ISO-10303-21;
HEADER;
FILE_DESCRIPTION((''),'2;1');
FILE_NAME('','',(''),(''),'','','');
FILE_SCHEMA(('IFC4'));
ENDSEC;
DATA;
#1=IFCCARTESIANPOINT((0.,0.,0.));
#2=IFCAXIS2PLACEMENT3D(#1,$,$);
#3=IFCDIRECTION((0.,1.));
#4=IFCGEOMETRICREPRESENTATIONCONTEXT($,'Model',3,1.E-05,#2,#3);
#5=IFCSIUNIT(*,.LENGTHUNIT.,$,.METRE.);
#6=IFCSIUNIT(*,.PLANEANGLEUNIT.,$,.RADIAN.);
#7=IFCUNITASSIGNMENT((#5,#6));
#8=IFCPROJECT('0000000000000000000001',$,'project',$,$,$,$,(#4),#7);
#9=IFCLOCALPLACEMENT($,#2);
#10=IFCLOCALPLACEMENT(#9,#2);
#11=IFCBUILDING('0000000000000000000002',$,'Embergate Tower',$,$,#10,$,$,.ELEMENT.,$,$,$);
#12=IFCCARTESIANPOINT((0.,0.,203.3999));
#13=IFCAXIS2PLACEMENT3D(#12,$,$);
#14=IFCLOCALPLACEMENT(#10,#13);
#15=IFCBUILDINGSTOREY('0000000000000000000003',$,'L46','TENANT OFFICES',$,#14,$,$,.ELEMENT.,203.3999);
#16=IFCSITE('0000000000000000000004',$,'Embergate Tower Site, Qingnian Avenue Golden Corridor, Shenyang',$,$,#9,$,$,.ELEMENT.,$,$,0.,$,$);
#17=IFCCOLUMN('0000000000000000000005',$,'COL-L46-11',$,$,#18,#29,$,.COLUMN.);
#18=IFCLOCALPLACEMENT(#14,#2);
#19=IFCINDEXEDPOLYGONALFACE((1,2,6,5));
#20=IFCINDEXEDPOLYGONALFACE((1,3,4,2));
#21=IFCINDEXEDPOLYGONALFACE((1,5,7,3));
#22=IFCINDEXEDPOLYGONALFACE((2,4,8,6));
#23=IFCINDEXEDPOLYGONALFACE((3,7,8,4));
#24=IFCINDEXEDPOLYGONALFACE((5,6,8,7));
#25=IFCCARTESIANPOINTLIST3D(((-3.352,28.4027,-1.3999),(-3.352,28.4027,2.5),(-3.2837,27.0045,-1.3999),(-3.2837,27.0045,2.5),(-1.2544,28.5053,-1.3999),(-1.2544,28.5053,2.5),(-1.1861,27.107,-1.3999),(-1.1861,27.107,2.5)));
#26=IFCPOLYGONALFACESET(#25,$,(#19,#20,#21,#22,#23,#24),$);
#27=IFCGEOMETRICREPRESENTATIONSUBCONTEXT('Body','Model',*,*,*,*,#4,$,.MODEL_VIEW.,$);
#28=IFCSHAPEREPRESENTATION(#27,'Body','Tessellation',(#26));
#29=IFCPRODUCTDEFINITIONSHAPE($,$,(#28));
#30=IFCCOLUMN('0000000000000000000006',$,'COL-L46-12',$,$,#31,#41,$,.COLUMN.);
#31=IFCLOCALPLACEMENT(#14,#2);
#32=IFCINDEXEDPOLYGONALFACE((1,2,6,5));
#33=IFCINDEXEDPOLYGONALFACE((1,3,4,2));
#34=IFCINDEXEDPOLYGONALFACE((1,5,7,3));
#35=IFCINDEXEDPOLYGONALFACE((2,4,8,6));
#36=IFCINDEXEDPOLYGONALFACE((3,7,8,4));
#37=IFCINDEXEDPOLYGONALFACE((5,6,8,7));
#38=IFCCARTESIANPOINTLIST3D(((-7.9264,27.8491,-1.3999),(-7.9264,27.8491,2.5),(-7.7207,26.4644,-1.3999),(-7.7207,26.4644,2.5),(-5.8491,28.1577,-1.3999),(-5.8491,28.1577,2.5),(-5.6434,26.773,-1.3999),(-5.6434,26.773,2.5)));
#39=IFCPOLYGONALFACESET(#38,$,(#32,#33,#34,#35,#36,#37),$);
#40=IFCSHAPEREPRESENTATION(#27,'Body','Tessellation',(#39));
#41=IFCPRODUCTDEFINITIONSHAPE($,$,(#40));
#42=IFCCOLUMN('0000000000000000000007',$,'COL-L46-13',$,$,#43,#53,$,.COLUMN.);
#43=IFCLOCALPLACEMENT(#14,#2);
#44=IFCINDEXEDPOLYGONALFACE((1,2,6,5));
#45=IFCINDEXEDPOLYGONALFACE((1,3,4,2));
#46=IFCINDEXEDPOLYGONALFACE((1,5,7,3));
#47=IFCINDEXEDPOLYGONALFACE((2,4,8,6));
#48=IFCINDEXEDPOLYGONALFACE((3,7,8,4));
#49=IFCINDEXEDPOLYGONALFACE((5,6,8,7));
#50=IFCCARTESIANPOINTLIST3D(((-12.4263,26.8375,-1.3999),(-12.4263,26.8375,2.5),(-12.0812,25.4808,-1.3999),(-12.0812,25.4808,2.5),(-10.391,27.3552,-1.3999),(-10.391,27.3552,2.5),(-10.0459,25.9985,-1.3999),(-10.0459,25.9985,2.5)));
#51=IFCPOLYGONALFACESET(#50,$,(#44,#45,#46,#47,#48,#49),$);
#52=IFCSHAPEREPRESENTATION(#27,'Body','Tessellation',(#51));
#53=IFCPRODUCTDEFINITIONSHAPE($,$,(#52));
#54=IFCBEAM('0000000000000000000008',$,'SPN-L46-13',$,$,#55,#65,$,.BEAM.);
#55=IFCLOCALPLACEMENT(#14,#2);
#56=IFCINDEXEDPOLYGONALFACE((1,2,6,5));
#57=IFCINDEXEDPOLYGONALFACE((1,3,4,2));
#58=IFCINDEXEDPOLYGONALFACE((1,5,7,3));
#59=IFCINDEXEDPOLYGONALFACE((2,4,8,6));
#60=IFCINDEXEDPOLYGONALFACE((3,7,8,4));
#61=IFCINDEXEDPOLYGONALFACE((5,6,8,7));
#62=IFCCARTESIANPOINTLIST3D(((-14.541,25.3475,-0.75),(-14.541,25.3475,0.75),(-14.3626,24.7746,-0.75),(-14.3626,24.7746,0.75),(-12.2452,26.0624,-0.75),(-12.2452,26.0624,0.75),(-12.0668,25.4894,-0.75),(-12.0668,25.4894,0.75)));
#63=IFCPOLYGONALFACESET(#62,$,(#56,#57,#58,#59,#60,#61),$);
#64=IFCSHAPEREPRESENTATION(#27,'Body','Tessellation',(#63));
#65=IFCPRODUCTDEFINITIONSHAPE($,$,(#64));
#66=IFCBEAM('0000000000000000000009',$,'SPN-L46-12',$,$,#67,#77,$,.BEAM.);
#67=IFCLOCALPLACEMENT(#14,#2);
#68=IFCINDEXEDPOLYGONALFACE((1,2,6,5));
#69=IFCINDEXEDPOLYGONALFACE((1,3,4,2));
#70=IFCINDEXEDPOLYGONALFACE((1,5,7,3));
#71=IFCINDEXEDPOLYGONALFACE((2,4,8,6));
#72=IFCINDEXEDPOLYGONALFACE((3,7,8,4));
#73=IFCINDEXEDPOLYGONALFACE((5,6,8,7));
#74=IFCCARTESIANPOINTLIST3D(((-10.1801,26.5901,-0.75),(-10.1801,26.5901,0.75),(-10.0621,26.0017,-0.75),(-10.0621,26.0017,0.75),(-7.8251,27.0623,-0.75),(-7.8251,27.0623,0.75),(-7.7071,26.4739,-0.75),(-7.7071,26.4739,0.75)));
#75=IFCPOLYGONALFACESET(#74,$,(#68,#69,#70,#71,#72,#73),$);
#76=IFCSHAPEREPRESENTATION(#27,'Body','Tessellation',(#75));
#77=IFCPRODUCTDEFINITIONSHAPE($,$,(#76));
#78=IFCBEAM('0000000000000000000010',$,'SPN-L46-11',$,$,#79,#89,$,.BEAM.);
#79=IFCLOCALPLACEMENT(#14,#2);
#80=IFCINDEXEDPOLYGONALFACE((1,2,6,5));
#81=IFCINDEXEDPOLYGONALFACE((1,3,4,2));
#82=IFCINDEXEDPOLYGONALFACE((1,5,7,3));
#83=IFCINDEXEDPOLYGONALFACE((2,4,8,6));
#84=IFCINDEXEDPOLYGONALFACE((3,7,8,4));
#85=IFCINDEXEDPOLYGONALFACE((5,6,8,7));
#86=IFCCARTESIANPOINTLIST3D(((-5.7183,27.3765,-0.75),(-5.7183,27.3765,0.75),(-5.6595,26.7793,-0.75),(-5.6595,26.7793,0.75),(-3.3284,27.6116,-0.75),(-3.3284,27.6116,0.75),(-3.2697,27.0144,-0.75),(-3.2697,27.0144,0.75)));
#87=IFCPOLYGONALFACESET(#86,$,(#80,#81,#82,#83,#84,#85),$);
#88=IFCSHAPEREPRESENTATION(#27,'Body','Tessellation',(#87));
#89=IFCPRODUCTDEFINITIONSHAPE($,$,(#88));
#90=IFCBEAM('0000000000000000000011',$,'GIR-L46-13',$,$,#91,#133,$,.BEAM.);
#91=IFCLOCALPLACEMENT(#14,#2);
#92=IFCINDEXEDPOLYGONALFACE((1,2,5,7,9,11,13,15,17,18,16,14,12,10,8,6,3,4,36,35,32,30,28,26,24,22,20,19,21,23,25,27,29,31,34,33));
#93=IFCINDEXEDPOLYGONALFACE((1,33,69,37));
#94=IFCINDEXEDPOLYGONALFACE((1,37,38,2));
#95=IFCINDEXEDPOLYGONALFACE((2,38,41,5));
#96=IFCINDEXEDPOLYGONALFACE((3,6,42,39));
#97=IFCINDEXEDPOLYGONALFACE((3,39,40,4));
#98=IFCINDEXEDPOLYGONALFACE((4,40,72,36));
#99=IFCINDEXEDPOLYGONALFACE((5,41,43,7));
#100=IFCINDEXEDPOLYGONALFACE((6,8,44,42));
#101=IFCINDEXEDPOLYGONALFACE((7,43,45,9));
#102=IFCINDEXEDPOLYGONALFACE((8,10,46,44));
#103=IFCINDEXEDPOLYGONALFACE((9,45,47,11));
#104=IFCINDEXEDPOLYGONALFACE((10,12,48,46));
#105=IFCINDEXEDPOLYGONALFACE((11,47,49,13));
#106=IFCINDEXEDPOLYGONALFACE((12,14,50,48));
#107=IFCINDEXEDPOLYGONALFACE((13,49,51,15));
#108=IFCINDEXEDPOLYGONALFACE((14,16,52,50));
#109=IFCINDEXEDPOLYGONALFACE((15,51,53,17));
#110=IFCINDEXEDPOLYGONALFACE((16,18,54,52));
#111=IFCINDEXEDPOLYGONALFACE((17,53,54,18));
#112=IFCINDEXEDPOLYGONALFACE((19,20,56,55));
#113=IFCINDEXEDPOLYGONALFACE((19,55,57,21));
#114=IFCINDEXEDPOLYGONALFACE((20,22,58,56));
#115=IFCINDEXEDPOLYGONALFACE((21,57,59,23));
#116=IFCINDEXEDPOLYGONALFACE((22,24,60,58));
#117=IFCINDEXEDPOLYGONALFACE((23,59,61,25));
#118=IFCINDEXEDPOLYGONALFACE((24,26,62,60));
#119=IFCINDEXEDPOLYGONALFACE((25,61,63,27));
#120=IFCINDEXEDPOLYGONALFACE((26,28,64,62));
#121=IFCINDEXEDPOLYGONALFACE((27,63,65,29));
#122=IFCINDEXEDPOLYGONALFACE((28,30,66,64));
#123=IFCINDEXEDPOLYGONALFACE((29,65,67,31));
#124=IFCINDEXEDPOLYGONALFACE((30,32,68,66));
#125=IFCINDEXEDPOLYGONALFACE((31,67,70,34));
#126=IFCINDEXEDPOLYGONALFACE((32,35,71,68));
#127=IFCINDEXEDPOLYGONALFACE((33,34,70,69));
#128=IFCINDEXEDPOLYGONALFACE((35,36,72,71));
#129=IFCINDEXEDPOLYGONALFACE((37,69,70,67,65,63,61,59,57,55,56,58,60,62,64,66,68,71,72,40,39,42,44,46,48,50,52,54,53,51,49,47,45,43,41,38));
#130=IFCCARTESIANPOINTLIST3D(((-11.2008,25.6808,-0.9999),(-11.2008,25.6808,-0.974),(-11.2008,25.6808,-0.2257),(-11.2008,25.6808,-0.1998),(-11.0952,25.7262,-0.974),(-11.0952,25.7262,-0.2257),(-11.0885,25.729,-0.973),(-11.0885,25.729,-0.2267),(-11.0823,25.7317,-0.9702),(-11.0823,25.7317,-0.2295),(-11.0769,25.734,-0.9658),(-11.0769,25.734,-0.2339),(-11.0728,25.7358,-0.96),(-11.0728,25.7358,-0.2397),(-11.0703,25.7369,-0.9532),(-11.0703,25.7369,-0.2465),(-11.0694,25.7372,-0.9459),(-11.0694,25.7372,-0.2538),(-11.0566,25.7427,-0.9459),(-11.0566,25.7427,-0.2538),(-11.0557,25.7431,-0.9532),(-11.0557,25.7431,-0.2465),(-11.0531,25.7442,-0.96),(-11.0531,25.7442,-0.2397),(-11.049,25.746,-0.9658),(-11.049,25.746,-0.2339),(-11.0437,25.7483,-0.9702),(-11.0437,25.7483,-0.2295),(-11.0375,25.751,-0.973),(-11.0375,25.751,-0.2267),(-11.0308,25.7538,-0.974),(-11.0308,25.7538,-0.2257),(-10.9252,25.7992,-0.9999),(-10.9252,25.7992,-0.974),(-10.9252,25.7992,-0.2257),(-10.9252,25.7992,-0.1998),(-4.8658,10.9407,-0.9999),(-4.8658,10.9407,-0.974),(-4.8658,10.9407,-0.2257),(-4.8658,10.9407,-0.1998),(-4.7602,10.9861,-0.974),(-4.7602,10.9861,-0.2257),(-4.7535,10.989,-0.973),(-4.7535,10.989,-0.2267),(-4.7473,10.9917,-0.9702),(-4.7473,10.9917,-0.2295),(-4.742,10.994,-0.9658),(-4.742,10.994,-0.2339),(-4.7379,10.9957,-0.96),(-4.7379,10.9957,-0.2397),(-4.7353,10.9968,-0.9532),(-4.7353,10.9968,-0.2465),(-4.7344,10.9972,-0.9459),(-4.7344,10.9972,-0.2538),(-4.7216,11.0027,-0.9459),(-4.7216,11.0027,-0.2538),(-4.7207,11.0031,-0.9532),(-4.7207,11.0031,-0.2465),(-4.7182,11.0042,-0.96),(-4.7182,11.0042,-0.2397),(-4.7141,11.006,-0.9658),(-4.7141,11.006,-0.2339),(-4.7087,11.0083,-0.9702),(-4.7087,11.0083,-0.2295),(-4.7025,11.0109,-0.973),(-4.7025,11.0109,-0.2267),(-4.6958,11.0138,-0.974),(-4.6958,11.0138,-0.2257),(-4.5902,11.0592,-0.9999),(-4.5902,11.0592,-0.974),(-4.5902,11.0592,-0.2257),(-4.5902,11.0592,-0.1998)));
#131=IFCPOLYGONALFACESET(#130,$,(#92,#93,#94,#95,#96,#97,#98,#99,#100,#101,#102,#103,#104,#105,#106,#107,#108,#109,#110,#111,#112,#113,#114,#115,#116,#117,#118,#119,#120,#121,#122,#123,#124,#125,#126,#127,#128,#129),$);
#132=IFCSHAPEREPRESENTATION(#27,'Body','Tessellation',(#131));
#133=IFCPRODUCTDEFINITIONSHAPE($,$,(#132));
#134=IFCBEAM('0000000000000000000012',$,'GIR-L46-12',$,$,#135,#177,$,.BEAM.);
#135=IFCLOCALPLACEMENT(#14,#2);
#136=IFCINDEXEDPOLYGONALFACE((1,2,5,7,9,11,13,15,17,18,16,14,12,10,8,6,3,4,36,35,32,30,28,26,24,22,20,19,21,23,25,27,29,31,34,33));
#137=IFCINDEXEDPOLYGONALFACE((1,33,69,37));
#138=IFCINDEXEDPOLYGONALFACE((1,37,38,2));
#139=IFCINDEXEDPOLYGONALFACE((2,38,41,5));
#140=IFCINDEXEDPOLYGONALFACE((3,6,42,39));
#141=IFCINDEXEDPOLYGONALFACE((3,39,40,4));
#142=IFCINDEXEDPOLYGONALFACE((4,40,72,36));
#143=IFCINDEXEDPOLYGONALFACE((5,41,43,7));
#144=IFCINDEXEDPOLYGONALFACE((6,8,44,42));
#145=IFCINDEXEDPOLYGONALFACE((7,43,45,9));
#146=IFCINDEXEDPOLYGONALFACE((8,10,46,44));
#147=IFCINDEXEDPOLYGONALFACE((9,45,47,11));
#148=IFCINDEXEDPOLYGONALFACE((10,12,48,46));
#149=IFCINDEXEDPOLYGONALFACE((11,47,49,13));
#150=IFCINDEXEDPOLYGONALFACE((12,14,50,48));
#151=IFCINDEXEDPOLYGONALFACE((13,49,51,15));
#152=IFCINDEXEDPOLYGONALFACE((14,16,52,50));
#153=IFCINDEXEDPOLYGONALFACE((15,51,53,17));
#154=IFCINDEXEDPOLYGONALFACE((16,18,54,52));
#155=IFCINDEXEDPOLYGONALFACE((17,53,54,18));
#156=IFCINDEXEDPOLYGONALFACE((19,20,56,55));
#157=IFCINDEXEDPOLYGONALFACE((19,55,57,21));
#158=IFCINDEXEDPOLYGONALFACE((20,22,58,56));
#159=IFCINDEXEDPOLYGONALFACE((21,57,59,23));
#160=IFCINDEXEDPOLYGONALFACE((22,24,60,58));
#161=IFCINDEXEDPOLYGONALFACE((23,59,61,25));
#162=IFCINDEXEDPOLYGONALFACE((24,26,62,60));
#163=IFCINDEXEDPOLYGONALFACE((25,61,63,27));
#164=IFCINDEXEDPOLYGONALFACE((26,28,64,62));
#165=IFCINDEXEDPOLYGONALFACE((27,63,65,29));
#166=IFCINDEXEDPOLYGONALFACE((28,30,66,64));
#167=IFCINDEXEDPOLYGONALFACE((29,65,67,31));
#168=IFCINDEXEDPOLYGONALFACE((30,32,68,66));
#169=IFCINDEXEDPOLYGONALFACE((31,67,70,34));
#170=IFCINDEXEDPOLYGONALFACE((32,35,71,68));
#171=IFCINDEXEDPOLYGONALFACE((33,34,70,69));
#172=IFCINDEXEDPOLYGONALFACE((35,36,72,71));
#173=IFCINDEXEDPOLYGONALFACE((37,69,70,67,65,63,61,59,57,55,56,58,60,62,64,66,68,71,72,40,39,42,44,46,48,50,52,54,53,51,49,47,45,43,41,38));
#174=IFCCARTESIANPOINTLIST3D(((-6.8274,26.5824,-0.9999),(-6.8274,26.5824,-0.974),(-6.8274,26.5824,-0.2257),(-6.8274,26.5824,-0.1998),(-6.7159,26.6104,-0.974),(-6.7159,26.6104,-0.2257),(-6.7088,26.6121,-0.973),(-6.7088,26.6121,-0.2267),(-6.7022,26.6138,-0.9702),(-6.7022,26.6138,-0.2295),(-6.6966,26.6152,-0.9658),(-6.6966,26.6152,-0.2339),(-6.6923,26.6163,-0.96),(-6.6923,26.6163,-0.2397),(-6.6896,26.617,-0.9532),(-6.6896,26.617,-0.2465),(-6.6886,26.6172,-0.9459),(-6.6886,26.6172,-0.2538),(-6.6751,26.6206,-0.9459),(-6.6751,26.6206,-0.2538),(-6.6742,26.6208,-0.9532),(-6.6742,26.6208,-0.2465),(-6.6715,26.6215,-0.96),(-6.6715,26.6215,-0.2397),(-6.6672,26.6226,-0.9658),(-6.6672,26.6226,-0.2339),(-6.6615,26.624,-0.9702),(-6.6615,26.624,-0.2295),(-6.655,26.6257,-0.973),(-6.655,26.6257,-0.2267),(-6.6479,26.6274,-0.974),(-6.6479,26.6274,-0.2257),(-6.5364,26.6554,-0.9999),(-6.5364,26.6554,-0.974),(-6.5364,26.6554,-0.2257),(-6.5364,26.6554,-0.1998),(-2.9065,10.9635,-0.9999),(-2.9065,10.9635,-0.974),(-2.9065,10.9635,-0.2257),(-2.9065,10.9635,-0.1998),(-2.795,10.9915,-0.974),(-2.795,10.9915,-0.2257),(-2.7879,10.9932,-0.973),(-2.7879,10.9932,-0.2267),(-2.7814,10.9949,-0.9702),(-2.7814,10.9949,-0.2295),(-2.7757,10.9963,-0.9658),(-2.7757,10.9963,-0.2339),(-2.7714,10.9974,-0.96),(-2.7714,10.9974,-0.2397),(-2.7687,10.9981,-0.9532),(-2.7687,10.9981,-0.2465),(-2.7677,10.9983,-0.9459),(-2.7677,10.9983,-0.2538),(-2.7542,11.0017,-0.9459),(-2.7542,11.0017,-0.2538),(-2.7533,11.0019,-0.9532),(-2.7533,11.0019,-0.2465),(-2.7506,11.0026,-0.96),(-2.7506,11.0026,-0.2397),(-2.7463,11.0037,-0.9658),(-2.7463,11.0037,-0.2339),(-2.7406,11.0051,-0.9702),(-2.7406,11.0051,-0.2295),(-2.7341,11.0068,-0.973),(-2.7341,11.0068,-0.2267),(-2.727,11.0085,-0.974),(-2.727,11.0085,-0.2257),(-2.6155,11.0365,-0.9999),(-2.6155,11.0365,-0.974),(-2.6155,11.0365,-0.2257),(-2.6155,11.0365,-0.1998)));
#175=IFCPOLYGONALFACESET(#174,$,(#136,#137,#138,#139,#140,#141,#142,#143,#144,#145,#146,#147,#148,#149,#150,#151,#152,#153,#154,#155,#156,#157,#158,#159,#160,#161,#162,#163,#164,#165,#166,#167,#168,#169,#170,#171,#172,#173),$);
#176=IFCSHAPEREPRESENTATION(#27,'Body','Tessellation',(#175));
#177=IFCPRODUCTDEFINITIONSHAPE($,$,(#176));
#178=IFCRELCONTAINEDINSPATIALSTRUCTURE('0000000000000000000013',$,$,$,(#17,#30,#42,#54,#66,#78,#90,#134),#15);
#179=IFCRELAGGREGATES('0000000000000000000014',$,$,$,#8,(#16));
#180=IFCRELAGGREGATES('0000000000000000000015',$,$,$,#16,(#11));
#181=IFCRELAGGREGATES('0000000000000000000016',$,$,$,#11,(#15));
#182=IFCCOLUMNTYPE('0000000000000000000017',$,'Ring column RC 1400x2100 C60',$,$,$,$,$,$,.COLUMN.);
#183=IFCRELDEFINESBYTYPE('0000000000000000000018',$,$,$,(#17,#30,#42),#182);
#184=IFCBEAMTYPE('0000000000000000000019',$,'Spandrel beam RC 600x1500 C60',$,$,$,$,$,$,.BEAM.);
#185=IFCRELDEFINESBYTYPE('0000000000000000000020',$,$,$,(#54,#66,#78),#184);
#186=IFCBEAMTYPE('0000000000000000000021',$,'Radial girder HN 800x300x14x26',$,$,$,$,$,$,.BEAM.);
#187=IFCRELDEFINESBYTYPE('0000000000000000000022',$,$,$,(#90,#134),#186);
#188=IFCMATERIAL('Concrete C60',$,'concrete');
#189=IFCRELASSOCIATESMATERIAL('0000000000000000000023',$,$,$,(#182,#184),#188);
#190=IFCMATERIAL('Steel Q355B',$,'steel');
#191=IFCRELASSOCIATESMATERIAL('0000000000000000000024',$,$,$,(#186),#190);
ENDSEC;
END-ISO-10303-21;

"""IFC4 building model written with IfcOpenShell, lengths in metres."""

from ifc_helpers import new_model, si_unit, direction, frame, origin, origin_2d, place, context, subcontext, project, spatial, rectangle, i_section, extrude, source, transform, mapped, material, material_profile, profile_set, type_object, element, save


model = new_model("IFC4")

# Units and contexts
model_context = context("Model", 3, precision=1e-05, world=origin(), true_north=direction((0.0, 1.0)))
body_context = subcontext(model_context, "Body", "Model", "MODEL_VIEW")
ifc_project = project(units=[si_unit("LENGTHUNIT", "METRE"), si_unit("PLANEANGLEUNIT", "RADIAN")], contexts=[model_context])

# Site, building, storey
site_placement = place(None, origin())
site = spatial("IfcSite", under=ifc_project, at=site_placement, Name="Embergate Tower Site, Qingnian Avenue Golden Corridor, Shenyang", CompositionType="ELEMENT", RefElevation=0.0)
building_placement = place(site_placement, origin())
building = spatial("IfcBuilding", under=site, at=building_placement, Name="Embergate Tower", CompositionType="ELEMENT")
storey_placement = place(building_placement, frame((0.0, 0.0, 203.3999)))
storey = spatial("IfcBuildingStorey", under=building, at=storey_placement, Name="L46", Description="TENANT OFFICES", CompositionType="ELEMENT", Elevation=203.3999)

# Columns
ifc_material_1 = material(Name="Concrete C60", Category="concrete")
ifc_material_profile_1 = material_profile(ifc_material_1, rectangle(XDim=1.3999, YDim=2.1001, at=origin_2d()), Name="RC 1400x2100")
ifc_profile_set_1 = profile_set([ifc_material_profile_1], Name="Concrete C60")
column_type = type_object("IfcColumnType", Name="Ring column RC 1400x2100 C60", PredefinedType="COLUMN", material=ifc_profile_set_1)
shared_shape_1 = source(origin(), body_context, "Body", "SweptSolid", [
    extrude(rectangle(XDim=1.3999, YDim=2.1001, at=origin_2d()), origin(), (0.0, 0.0, 1.0), 3.8999),
])
for number, where, z_axis, x_axis, name in (
    (1, (-2.269, 27.7549, -1.3999), (0.0, 0.0, 1.0), (-0.048815, 0.998808, 0.0), "COL-L46-11"),
    (2, (-6.7849, 27.311, -1.3999), (0.0, 0.0, 1.0), (-0.146929, 0.989147, 0.0), "COL-L46-12"),
    (3, (-11.2361, 26.418, -1.3999), (0.0, 0.0, 1.0), (-0.246509, 0.969141, 0.0), "COL-L46-13"),
):
    element("IfcColumn", number, at=place(storey_placement, frame(where, z_axis=z_axis, x_axis=x_axis)), inside=storey, type_object=column_type, Name=name, PredefinedType="COLUMN", context=body_context, shape_type="MappedRepresentation", body=[
        mapped(shared_shape_1, transform((0.0, 0.0, 0.0))),
    ])

# Beams
ifc_material_profile_2 = material_profile(ifc_material_1, rectangle(XDim=0.6001, YDim=1.5, at=origin_2d()), Name="RC 600x1500")
ifc_profile_set_2 = profile_set([ifc_material_profile_2], Name="Concrete C60")
beam_type_1 = type_object("IfcBeamType", Name="Spandrel beam RC 600x1500 C60", PredefinedType="BEAM", material=ifc_profile_set_2)
shared_shape_2 = source(origin(), body_context, "Body", "SweptSolid", [
    extrude(rectangle(XDim=0.6001, YDim=1.5, at=origin_2d()), origin(), (0.0, 0.0, 1.0), 2.4045),
])
beam_1_placement = place(storey_placement, frame((-12.156, 25.7759, 0.0), z_axis=(-0.95479, -0.29728, 0.0), x_axis=(0.29728, -0.95479, 0.0)))
element("IfcBeam", 4, at=beam_1_placement, inside=storey, type_object=beam_type_1, Name="SPN-L46-13", PredefinedType="BEAM", context=body_context, shape_type="MappedRepresentation", body=[
    mapped(shared_shape_2, transform((0.0, 0.0, 0.0))),
])
shared_shape_3 = source(origin(), body_context, "Body", "SweptSolid", [
    extrude(rectangle(XDim=0.6001, YDim=1.5, at=origin_2d()), origin(), (0.0, 0.0, 1.0), 2.4019),
])
beam_2_placement = place(storey_placement, frame((-7.7661, 26.7681, 0.0), z_axis=(-0.980487, -0.196585, 0.0), x_axis=(0.196585, -0.980487, 0.0)))
element("IfcBeam", 5, at=beam_2_placement, inside=storey, type_object=beam_type_1, Name="SPN-L46-12", PredefinedType="BEAM", context=body_context, shape_type="MappedRepresentation", body=[
    mapped(shared_shape_3, transform((0.0, 0.0, 0.0))),
])
shared_shape_4 = source(origin(), body_context, "Body", "SweptSolid", [
    extrude(rectangle(XDim=0.6001, YDim=1.5, at=origin_2d()), origin(), (0.0, 0.0, 1.0), 2.4014),
])
beam_3_placement = place(storey_placement, frame((-3.2991, 27.313, 0.0), z_axis=(-0.995196, -0.097903, 0.0), x_axis=(0.097903, -0.995196, 0.0)))
element("IfcBeam", 6, at=beam_3_placement, inside=storey, type_object=beam_type_1, Name="SPN-L46-11", PredefinedType="BEAM", context=body_context, shape_type="MappedRepresentation", body=[
    mapped(shared_shape_4, transform((0.0, 0.0, 0.0))),
])
ifc_material_2 = material(Name="Steel Q355B", Category="steel")
ifc_material_profile_3 = material_profile(ifc_material_2, i_section(OverallWidth=0.3, OverallDepth=0.8, WebThickness=0.0139, FlangeThickness=0.0259, FilletRadius=0.0281, at=origin_2d()), Name="HN 800x300x14x26")
ifc_profile_set_3 = profile_set([ifc_material_profile_3], Name="Steel Q355 grade B")
beam_type_2 = type_object("IfcBeamType", Name="Radial girder HN 800x300x14x26", PredefinedType="BEAM", material=ifc_profile_set_3)
shared_shape_5 = source(origin(), body_context, "Body", "SweptSolid", [
    extrude(i_section(OverallWidth=0.3, OverallDepth=0.8, WebThickness=0.0139, FlangeThickness=0.0259, FilletRadius=0.0281, at=origin_2d()), origin(), (0.0, 0.0, 1.0), 16.0437),
])
beam_4_placement = place(storey_placement, frame((-11.063, 25.74, -0.5999), z_axis=(0.394858, -0.918742, 0.0), x_axis=(0.918742, 0.394858, 0.0)))
element("IfcBeam", 7, at=beam_4_placement, inside=storey, type_object=beam_type_2, Name="GIR-L46-13", PredefinedType="BEAM", context=body_context, shape_type="MappedRepresentation", body=[
    mapped(shared_shape_5, transform((0.0, 0.0, 0.0))),
])
shared_shape_6 = source(origin(), body_context, "Body", "SweptSolid", [
    extrude(i_section(OverallWidth=0.3, OverallDepth=0.8, WebThickness=0.0139, FlangeThickness=0.0259, FilletRadius=0.0281, at=origin_2d()), origin(), (0.0, 0.0, 1.0), 16.1035),
])
beam_5_placement = place(storey_placement, frame((-6.6819, 26.6189, -0.5999), z_axis=(0.243481, -0.969906, 0.0), x_axis=(0.969906, 0.243481, 0.0)))
element("IfcBeam", 8, at=beam_5_placement, inside=storey, type_object=beam_type_2, Name="GIR-L46-12", PredefinedType="BEAM", context=body_context, shape_type="MappedRepresentation", body=[
    mapped(shared_shape_6, transform((0.0, 0.0, 0.0))),
])

save(model, "model.ifc")
